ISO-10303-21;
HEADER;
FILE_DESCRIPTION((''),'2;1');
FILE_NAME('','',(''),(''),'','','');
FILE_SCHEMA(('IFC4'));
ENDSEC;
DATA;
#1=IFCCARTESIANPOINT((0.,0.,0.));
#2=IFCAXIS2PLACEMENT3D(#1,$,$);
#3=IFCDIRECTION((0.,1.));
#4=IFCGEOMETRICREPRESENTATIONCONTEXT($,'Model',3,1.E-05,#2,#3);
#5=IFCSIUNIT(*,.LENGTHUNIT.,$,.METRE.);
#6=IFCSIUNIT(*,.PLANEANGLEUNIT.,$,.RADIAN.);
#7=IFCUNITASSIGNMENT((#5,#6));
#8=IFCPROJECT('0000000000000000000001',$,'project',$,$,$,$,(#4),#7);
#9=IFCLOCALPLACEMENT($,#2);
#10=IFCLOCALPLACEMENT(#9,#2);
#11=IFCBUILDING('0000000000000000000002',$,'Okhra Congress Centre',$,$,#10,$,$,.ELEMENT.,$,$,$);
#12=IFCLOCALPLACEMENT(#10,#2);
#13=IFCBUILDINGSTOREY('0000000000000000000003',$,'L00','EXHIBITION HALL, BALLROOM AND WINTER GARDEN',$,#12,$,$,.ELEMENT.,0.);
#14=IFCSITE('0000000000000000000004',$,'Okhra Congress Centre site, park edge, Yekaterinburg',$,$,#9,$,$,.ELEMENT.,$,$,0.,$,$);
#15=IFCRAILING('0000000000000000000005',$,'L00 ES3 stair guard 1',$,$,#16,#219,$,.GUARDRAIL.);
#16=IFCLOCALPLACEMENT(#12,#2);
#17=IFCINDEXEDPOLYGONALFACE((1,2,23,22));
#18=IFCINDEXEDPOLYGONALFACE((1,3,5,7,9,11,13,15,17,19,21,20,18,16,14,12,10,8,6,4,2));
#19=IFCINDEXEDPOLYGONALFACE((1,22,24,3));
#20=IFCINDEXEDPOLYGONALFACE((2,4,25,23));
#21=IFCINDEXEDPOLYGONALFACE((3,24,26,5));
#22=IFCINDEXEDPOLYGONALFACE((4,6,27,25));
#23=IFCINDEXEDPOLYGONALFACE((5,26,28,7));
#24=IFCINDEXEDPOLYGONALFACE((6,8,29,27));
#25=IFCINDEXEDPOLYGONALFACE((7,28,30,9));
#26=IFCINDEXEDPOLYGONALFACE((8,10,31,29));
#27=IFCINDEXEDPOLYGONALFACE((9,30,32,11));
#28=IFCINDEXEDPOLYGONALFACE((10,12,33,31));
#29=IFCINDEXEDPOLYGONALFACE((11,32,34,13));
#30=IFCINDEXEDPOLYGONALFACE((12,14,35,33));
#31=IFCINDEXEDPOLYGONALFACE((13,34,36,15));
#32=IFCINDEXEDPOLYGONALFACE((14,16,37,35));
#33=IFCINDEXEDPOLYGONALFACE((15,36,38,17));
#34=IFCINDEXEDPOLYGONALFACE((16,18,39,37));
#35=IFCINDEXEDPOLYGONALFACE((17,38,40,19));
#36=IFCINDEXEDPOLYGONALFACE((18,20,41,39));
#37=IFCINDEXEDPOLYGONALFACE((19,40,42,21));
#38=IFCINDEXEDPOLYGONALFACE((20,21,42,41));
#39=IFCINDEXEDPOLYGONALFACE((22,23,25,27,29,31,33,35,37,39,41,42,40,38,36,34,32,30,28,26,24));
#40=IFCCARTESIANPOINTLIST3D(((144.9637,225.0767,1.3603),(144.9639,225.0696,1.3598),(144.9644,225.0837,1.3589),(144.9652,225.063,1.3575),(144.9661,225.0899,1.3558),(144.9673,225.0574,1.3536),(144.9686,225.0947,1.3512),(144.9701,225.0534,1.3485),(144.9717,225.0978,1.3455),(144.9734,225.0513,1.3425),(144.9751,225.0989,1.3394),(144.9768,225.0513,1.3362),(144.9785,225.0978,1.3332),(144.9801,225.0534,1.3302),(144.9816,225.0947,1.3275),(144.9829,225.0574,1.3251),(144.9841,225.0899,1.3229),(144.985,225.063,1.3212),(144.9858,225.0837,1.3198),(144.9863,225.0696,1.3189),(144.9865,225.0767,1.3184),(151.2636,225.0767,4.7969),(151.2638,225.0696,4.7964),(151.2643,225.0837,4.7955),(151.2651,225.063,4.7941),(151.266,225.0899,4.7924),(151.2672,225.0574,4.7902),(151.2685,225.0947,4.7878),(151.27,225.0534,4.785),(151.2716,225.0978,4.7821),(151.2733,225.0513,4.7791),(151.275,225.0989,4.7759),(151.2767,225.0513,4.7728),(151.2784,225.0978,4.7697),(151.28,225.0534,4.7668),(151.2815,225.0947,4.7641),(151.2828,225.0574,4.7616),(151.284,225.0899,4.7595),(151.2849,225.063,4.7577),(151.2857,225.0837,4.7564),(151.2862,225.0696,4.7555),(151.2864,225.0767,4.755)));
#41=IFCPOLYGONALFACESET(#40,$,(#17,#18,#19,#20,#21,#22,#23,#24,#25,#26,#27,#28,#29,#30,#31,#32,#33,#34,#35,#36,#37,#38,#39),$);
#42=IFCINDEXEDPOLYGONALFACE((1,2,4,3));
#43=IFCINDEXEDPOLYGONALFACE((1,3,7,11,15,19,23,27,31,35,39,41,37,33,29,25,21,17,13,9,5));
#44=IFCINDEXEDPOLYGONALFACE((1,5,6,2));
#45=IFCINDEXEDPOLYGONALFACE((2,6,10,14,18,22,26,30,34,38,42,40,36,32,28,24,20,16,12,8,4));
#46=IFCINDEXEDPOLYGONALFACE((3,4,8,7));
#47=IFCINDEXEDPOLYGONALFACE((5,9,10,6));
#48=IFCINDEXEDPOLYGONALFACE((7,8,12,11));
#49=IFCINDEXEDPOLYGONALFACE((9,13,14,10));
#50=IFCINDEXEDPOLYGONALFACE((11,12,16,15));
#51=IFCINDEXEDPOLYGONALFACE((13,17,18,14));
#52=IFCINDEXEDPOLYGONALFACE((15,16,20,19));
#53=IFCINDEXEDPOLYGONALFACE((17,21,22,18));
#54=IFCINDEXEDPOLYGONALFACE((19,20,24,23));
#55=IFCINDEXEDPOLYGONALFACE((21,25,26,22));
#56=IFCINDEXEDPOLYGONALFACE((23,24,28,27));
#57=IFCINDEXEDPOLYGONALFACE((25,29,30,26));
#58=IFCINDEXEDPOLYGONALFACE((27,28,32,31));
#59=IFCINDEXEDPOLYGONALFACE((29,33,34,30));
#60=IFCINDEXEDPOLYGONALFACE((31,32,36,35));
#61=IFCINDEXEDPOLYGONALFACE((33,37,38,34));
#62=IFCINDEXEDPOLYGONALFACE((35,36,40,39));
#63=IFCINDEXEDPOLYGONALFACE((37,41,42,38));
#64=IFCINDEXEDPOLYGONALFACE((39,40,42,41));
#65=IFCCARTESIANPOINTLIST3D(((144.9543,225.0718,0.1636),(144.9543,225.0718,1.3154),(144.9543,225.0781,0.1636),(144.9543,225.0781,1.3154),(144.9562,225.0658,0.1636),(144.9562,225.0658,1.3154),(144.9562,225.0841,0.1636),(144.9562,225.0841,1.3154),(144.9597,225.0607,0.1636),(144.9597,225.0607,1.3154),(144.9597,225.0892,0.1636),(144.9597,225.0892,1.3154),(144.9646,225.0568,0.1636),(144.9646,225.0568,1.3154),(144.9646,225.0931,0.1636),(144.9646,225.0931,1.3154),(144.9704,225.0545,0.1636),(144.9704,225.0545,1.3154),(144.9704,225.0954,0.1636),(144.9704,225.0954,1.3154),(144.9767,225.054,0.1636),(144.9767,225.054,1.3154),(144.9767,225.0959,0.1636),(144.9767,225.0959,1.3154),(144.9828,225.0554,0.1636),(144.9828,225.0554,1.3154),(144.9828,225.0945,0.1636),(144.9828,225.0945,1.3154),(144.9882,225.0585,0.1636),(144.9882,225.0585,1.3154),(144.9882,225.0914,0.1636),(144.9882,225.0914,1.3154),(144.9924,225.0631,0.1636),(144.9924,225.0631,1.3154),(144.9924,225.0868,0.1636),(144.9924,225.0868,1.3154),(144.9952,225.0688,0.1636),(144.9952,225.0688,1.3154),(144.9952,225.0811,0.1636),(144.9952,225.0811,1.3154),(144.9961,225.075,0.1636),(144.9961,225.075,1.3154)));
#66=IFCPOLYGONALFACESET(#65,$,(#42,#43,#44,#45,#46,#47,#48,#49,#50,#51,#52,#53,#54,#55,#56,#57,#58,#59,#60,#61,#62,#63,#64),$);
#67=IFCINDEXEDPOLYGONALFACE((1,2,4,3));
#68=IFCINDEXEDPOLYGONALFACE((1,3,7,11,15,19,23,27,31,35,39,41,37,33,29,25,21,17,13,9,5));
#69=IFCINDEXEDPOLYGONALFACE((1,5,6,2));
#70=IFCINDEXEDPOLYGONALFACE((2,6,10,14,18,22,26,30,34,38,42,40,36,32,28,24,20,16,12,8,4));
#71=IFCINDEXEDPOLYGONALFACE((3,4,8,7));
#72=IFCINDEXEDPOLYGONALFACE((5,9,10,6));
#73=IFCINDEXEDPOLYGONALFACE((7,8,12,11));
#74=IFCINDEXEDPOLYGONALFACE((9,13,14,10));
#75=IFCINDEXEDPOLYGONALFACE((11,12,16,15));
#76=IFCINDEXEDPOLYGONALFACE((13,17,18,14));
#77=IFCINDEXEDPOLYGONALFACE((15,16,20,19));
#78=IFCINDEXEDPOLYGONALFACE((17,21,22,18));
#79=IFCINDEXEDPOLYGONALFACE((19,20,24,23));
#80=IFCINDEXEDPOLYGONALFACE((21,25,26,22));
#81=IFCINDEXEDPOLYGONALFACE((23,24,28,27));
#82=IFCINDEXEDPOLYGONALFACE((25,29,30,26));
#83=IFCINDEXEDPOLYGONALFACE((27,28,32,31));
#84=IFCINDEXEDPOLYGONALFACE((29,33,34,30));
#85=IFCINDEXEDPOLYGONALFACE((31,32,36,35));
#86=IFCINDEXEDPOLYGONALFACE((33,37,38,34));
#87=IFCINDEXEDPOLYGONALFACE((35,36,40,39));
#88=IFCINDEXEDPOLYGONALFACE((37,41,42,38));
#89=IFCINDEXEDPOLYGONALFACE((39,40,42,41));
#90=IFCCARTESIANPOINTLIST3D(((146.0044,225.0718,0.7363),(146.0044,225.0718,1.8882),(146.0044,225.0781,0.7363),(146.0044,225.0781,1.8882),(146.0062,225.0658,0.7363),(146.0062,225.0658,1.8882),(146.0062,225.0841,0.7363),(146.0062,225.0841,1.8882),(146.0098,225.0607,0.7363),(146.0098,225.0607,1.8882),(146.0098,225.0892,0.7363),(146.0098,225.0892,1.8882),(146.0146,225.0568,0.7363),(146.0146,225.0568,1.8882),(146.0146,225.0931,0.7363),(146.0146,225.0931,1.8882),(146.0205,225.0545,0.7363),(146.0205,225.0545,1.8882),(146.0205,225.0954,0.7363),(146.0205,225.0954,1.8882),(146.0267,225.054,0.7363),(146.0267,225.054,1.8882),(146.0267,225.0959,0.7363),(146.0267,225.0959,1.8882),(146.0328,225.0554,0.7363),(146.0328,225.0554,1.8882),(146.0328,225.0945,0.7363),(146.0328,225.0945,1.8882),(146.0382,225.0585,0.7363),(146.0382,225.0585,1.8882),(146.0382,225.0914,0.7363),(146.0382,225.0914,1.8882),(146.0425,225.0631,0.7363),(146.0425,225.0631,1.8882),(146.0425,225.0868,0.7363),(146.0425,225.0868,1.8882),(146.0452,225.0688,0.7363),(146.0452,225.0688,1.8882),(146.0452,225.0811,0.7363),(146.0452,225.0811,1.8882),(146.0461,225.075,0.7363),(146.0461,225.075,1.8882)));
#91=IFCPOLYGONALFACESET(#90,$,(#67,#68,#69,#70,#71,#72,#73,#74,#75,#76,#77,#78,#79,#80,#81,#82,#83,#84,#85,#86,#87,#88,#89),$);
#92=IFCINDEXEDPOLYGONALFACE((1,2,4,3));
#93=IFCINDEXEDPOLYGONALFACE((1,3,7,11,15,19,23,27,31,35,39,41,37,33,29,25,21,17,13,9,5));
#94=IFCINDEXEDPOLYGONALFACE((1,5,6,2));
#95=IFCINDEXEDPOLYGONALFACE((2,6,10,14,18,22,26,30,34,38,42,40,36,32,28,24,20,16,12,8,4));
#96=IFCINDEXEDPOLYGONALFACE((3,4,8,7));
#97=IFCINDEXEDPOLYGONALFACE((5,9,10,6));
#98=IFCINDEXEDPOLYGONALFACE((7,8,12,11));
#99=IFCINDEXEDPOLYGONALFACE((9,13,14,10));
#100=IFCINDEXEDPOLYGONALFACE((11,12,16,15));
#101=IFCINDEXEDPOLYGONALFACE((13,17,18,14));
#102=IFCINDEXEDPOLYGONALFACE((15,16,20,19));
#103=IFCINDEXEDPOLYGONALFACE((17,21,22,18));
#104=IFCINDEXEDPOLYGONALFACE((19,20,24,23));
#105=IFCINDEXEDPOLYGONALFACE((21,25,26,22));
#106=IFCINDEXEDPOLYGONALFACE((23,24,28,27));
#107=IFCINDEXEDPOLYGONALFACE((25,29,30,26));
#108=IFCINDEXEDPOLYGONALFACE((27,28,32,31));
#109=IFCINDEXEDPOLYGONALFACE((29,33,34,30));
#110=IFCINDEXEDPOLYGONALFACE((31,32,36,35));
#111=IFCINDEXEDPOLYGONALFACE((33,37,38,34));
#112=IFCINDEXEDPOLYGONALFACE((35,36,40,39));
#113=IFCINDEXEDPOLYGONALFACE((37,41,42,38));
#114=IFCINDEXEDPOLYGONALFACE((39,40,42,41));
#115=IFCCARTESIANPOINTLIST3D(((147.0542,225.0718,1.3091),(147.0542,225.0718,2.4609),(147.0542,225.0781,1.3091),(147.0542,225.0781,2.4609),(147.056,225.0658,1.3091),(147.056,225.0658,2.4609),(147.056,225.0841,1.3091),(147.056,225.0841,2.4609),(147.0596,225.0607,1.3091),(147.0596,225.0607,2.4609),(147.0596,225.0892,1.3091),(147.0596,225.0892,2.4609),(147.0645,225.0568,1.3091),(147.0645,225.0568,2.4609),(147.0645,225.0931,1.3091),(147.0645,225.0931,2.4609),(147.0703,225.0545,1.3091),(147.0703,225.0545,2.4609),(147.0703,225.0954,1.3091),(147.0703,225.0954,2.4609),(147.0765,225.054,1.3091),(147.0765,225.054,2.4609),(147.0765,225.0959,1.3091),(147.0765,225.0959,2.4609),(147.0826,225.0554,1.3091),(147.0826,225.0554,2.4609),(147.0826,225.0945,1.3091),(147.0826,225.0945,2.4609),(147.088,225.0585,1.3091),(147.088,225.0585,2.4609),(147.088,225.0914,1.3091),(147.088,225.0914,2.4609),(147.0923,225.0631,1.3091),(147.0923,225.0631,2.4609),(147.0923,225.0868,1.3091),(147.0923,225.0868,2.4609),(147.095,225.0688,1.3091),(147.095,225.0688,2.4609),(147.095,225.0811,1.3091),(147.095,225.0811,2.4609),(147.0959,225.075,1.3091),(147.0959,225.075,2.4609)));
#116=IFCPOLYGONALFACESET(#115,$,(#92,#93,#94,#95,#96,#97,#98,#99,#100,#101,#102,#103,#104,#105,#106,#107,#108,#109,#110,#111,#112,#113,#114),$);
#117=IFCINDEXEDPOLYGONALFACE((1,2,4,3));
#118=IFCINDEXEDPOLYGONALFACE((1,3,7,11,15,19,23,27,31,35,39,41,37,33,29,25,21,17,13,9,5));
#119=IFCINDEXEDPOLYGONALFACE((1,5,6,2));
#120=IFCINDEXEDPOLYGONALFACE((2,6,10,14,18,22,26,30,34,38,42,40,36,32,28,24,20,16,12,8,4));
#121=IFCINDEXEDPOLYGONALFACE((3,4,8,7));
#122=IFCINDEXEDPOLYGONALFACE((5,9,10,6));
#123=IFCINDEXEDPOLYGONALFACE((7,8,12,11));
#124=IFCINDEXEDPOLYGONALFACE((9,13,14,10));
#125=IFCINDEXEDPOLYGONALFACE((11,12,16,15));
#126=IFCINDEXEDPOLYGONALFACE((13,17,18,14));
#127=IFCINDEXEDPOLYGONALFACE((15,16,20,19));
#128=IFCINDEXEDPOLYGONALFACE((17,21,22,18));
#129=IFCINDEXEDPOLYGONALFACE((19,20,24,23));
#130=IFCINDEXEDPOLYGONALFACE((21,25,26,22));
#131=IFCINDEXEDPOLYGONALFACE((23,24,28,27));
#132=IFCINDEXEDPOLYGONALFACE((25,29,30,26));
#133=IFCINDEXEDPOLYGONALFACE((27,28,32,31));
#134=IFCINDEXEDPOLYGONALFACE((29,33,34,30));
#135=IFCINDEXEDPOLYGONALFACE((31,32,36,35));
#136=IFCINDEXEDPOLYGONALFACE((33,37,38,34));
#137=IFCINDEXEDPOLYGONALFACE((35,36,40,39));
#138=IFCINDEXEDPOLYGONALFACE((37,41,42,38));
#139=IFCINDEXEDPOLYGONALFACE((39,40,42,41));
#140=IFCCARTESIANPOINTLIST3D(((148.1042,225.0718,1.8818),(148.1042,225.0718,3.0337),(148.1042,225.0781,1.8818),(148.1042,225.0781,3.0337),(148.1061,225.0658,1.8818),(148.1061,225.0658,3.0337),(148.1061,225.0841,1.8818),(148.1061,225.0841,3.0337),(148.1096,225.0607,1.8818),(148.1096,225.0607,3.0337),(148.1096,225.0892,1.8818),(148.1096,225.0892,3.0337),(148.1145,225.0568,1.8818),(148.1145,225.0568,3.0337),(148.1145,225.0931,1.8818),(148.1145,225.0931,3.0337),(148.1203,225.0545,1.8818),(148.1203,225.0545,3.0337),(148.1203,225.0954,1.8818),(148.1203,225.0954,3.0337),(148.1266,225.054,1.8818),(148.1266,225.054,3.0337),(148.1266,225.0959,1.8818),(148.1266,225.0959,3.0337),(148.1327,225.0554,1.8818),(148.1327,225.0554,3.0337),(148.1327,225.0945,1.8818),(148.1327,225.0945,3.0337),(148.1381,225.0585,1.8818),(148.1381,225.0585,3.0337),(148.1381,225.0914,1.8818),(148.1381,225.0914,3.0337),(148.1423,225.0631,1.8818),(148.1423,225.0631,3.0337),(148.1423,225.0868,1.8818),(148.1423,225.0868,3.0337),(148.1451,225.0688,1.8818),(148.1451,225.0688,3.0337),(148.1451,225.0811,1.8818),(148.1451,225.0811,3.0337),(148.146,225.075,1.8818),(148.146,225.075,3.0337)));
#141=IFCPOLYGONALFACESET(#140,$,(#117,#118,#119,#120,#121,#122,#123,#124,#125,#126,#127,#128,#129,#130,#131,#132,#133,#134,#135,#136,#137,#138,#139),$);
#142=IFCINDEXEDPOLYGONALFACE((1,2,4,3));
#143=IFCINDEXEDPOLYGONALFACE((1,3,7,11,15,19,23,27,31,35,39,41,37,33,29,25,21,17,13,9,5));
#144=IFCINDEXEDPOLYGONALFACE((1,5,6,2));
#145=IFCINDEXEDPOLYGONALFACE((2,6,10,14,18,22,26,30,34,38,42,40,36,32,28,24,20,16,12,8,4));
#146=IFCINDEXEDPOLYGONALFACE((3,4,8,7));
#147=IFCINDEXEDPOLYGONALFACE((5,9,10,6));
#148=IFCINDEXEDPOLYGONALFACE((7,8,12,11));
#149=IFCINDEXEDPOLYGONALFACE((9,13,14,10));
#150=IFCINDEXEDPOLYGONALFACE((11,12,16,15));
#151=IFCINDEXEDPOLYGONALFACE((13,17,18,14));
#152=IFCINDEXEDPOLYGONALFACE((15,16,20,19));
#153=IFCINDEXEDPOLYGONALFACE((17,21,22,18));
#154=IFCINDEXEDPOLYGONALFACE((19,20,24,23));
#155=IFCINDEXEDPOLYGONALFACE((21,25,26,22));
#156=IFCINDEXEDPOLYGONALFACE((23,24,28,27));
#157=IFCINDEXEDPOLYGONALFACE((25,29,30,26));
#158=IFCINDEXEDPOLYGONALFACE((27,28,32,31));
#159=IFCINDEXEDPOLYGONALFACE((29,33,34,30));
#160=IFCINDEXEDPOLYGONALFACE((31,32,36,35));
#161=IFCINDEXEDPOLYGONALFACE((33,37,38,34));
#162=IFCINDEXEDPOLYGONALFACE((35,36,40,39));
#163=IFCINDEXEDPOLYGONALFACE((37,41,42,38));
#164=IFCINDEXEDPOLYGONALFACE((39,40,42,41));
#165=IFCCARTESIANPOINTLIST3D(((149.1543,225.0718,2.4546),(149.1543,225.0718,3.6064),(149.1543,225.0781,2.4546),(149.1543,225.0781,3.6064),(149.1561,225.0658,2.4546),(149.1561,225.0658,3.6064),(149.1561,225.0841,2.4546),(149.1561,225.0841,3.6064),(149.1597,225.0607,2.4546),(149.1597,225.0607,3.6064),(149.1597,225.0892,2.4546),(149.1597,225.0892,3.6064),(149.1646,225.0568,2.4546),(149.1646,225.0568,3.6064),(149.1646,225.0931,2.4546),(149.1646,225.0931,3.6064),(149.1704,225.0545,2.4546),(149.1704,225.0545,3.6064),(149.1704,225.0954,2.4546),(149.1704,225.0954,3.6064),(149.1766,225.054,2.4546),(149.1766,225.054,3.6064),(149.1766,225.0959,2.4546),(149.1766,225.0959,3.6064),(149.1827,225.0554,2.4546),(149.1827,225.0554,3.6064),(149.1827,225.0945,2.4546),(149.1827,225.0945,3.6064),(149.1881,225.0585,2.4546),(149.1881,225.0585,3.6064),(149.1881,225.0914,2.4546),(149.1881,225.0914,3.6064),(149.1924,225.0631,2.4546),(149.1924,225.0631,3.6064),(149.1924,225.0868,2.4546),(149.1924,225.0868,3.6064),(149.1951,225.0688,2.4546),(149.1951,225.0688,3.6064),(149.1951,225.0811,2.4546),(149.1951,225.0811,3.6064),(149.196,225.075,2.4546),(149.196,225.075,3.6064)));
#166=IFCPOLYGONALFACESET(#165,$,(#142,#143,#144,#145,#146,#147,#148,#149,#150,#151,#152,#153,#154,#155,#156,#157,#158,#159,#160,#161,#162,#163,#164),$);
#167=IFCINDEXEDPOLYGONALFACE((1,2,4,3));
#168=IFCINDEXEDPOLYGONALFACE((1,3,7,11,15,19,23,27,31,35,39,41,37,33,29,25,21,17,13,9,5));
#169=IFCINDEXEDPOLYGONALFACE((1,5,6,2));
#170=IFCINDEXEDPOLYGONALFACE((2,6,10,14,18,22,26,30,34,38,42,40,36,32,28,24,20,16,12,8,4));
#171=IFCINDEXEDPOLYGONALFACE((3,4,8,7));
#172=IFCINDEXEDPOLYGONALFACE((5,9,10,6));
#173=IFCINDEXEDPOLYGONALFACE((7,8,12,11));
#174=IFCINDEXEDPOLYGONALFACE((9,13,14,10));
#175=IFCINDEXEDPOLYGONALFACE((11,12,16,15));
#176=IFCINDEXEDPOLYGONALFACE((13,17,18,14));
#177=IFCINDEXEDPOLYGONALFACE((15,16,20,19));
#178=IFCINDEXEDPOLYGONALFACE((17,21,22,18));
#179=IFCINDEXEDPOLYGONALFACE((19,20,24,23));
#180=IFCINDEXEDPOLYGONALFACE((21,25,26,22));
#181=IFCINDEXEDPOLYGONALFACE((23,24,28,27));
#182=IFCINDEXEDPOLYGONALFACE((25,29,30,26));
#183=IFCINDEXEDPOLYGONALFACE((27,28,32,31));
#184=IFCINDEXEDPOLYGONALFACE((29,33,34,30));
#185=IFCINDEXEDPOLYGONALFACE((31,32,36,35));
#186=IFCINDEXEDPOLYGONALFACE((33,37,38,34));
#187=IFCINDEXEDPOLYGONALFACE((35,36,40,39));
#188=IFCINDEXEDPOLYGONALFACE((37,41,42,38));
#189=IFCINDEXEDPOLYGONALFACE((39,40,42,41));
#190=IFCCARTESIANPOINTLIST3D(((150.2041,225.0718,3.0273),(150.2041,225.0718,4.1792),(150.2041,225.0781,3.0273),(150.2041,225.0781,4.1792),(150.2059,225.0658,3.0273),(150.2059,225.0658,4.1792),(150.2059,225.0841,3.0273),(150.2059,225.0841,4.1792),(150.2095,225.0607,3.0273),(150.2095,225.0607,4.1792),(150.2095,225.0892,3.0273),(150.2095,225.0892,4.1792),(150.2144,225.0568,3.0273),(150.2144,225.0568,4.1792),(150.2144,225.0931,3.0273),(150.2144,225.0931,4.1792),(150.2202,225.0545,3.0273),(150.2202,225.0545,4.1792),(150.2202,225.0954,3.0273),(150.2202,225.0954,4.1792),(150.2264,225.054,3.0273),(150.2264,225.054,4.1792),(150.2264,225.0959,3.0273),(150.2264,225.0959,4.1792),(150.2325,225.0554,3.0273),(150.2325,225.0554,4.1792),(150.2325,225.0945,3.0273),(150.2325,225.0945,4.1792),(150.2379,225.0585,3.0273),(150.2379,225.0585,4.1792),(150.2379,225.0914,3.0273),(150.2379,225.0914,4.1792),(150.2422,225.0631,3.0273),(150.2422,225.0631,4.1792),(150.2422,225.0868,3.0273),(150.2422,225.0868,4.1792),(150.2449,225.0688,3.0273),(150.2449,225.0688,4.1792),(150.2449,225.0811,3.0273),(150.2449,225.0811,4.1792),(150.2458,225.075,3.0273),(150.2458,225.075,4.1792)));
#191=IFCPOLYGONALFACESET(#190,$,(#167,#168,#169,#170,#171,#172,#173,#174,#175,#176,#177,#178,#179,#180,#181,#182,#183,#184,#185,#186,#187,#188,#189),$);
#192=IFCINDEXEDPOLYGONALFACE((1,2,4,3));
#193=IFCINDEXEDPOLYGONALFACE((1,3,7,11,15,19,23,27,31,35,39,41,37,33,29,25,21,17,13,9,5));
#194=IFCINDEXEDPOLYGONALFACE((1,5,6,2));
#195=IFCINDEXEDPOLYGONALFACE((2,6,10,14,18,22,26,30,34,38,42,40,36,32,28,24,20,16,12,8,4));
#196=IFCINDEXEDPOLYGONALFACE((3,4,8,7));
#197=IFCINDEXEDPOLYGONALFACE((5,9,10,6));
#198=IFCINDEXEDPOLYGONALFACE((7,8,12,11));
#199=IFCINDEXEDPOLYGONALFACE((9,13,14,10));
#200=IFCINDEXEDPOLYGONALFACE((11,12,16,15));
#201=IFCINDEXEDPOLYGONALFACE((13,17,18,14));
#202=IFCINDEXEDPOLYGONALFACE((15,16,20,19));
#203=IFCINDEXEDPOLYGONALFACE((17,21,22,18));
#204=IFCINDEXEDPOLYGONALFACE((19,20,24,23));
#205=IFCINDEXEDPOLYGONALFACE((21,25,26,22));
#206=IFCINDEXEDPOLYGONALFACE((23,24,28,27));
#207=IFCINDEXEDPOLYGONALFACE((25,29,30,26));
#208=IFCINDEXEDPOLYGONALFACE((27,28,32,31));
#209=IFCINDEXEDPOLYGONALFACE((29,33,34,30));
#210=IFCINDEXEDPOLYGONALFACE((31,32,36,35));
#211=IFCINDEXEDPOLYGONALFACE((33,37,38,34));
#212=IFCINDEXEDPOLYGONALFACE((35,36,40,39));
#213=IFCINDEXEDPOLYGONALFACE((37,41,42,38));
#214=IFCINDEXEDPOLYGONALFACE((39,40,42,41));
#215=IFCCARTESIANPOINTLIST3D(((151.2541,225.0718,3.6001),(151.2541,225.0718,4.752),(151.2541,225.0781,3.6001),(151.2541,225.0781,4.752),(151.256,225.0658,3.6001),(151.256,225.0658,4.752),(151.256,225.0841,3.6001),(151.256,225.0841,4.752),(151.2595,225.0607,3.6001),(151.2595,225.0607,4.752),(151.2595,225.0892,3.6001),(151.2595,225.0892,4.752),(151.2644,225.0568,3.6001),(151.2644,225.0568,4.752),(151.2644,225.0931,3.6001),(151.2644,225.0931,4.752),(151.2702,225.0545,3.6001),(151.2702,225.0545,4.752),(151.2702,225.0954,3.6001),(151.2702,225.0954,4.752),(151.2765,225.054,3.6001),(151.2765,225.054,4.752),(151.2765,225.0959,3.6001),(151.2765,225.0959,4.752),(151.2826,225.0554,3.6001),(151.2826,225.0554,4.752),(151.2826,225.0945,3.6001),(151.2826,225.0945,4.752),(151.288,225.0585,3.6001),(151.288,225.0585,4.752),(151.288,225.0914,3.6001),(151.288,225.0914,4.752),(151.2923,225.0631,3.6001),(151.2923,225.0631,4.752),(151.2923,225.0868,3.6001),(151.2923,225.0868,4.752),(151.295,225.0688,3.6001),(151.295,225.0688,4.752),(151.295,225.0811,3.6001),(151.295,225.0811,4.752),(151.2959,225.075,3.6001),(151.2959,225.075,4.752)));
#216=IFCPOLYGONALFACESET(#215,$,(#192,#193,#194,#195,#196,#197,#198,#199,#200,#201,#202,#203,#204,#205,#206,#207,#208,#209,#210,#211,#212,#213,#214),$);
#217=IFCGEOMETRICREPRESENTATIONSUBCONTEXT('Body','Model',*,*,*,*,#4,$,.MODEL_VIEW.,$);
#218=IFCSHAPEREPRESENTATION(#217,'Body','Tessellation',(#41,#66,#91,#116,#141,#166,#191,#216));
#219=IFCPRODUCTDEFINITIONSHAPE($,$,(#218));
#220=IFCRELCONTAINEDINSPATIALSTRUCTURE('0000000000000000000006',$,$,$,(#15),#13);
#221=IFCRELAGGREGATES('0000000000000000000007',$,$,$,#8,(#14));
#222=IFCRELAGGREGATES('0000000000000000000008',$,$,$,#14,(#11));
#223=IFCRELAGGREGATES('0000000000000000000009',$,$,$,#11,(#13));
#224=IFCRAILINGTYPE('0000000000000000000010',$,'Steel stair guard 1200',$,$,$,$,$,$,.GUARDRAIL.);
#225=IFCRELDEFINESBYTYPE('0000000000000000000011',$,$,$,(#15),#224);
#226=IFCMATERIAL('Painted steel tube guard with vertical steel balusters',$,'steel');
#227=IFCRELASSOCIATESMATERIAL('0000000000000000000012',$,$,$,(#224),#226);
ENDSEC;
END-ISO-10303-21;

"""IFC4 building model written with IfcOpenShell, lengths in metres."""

from ifc_helpers import new_model, si_unit, direction, frame, origin, origin_2d, place, context, subcontext, project, spatial, circle, extrude, material, type_object, element, save


model = new_model("IFC4")

# Units and contexts
model_context = context("Model", 3, precision=1e-05, world=origin(), true_north=direction((0.0, 1.0)))
body_context = subcontext(model_context, "Body", "Model", "MODEL_VIEW")
ifc_project = project(units=[si_unit("LENGTHUNIT", "METRE"), si_unit("PLANEANGLEUNIT", "RADIAN")], contexts=[model_context])

# Site, building, storey
site_placement = place(None, origin())
site = spatial("IfcSite", under=ifc_project, at=site_placement, Name="Okhra Congress Centre site, park edge, Yekaterinburg", CompositionType="ELEMENT", RefElevation=0.0)
building_placement = place(site_placement, origin())
building = spatial("IfcBuilding", under=site, at=building_placement, Name="Okhra Congress Centre", CompositionType="ELEMENT")
storey_placement = place(building_placement, origin())
storey = spatial("IfcBuildingStorey", under=building, at=storey_placement, Name="L00", Description="EXHIBITION HALL, BALLROOM AND WINTER GARDEN", CompositionType="ELEMENT", Elevation=0.0)

# Railing
ifc_material_1 = material(Name="Painted steel tube guard with vertical steel balusters", Category="steel")
railing_type_1 = type_object("IfcRailingType", Name="Steel stair guard 1200", PredefinedType="GUARDRAIL", material=ifc_material_1)
railing_1_placement = place(storey_placement, frame((144.9751, 225.075, 0.1636)))
element("IfcRailing", 1, at=railing_1_placement, inside=storey, type_object=railing_type_1, Name="L00 ES3 stair guard 1", PredefinedType="GUARDRAIL", context=body_context, shape_type="SweptSolid", body=[
    extrude(circle(Radius=0.0239, at=origin_2d()), frame((0.0, 0.0, 1.1758), z_axis=(0.87788, 0.0, 0.478881), x_axis=(0.0, 1.0, 0.0)), (0.0, 0.0, 1.0), 7.1763),
    extrude(circle(Radius=0.021, at=origin_2d()), origin(), (0.0, 0.0, 1.0), 1.1519),
    extrude(circle(Radius=0.021, at=origin_2d()), frame((1.05, 0.0, 0.5728)), (0.0, 0.0, 1.0), 1.1519),
    extrude(circle(Radius=0.021, at=origin_2d()), frame((2.0999, 0.0, 1.1455)), (0.0, 0.0, 1.0), 1.1519),
    extrude(circle(Radius=0.021, at=origin_2d()), frame((3.1499, 0.0, 1.7183)), (0.0, 0.0, 1.0), 1.1519),
    extrude(circle(Radius=0.021, at=origin_2d()), frame((4.2, 0.0, 2.291)), (0.0, 0.0, 1.0), 1.1519),
    extrude(circle(Radius=0.021, at=origin_2d()), frame((5.2498, 0.0, 2.8638)), (0.0, 0.0, 1.0), 1.1519),
    extrude(circle(Radius=0.021, at=origin_2d()), frame((6.2998, 0.0, 3.4365)), (0.0, 0.0, 1.0), 1.1519),
])

save(model, "model.ifc")
